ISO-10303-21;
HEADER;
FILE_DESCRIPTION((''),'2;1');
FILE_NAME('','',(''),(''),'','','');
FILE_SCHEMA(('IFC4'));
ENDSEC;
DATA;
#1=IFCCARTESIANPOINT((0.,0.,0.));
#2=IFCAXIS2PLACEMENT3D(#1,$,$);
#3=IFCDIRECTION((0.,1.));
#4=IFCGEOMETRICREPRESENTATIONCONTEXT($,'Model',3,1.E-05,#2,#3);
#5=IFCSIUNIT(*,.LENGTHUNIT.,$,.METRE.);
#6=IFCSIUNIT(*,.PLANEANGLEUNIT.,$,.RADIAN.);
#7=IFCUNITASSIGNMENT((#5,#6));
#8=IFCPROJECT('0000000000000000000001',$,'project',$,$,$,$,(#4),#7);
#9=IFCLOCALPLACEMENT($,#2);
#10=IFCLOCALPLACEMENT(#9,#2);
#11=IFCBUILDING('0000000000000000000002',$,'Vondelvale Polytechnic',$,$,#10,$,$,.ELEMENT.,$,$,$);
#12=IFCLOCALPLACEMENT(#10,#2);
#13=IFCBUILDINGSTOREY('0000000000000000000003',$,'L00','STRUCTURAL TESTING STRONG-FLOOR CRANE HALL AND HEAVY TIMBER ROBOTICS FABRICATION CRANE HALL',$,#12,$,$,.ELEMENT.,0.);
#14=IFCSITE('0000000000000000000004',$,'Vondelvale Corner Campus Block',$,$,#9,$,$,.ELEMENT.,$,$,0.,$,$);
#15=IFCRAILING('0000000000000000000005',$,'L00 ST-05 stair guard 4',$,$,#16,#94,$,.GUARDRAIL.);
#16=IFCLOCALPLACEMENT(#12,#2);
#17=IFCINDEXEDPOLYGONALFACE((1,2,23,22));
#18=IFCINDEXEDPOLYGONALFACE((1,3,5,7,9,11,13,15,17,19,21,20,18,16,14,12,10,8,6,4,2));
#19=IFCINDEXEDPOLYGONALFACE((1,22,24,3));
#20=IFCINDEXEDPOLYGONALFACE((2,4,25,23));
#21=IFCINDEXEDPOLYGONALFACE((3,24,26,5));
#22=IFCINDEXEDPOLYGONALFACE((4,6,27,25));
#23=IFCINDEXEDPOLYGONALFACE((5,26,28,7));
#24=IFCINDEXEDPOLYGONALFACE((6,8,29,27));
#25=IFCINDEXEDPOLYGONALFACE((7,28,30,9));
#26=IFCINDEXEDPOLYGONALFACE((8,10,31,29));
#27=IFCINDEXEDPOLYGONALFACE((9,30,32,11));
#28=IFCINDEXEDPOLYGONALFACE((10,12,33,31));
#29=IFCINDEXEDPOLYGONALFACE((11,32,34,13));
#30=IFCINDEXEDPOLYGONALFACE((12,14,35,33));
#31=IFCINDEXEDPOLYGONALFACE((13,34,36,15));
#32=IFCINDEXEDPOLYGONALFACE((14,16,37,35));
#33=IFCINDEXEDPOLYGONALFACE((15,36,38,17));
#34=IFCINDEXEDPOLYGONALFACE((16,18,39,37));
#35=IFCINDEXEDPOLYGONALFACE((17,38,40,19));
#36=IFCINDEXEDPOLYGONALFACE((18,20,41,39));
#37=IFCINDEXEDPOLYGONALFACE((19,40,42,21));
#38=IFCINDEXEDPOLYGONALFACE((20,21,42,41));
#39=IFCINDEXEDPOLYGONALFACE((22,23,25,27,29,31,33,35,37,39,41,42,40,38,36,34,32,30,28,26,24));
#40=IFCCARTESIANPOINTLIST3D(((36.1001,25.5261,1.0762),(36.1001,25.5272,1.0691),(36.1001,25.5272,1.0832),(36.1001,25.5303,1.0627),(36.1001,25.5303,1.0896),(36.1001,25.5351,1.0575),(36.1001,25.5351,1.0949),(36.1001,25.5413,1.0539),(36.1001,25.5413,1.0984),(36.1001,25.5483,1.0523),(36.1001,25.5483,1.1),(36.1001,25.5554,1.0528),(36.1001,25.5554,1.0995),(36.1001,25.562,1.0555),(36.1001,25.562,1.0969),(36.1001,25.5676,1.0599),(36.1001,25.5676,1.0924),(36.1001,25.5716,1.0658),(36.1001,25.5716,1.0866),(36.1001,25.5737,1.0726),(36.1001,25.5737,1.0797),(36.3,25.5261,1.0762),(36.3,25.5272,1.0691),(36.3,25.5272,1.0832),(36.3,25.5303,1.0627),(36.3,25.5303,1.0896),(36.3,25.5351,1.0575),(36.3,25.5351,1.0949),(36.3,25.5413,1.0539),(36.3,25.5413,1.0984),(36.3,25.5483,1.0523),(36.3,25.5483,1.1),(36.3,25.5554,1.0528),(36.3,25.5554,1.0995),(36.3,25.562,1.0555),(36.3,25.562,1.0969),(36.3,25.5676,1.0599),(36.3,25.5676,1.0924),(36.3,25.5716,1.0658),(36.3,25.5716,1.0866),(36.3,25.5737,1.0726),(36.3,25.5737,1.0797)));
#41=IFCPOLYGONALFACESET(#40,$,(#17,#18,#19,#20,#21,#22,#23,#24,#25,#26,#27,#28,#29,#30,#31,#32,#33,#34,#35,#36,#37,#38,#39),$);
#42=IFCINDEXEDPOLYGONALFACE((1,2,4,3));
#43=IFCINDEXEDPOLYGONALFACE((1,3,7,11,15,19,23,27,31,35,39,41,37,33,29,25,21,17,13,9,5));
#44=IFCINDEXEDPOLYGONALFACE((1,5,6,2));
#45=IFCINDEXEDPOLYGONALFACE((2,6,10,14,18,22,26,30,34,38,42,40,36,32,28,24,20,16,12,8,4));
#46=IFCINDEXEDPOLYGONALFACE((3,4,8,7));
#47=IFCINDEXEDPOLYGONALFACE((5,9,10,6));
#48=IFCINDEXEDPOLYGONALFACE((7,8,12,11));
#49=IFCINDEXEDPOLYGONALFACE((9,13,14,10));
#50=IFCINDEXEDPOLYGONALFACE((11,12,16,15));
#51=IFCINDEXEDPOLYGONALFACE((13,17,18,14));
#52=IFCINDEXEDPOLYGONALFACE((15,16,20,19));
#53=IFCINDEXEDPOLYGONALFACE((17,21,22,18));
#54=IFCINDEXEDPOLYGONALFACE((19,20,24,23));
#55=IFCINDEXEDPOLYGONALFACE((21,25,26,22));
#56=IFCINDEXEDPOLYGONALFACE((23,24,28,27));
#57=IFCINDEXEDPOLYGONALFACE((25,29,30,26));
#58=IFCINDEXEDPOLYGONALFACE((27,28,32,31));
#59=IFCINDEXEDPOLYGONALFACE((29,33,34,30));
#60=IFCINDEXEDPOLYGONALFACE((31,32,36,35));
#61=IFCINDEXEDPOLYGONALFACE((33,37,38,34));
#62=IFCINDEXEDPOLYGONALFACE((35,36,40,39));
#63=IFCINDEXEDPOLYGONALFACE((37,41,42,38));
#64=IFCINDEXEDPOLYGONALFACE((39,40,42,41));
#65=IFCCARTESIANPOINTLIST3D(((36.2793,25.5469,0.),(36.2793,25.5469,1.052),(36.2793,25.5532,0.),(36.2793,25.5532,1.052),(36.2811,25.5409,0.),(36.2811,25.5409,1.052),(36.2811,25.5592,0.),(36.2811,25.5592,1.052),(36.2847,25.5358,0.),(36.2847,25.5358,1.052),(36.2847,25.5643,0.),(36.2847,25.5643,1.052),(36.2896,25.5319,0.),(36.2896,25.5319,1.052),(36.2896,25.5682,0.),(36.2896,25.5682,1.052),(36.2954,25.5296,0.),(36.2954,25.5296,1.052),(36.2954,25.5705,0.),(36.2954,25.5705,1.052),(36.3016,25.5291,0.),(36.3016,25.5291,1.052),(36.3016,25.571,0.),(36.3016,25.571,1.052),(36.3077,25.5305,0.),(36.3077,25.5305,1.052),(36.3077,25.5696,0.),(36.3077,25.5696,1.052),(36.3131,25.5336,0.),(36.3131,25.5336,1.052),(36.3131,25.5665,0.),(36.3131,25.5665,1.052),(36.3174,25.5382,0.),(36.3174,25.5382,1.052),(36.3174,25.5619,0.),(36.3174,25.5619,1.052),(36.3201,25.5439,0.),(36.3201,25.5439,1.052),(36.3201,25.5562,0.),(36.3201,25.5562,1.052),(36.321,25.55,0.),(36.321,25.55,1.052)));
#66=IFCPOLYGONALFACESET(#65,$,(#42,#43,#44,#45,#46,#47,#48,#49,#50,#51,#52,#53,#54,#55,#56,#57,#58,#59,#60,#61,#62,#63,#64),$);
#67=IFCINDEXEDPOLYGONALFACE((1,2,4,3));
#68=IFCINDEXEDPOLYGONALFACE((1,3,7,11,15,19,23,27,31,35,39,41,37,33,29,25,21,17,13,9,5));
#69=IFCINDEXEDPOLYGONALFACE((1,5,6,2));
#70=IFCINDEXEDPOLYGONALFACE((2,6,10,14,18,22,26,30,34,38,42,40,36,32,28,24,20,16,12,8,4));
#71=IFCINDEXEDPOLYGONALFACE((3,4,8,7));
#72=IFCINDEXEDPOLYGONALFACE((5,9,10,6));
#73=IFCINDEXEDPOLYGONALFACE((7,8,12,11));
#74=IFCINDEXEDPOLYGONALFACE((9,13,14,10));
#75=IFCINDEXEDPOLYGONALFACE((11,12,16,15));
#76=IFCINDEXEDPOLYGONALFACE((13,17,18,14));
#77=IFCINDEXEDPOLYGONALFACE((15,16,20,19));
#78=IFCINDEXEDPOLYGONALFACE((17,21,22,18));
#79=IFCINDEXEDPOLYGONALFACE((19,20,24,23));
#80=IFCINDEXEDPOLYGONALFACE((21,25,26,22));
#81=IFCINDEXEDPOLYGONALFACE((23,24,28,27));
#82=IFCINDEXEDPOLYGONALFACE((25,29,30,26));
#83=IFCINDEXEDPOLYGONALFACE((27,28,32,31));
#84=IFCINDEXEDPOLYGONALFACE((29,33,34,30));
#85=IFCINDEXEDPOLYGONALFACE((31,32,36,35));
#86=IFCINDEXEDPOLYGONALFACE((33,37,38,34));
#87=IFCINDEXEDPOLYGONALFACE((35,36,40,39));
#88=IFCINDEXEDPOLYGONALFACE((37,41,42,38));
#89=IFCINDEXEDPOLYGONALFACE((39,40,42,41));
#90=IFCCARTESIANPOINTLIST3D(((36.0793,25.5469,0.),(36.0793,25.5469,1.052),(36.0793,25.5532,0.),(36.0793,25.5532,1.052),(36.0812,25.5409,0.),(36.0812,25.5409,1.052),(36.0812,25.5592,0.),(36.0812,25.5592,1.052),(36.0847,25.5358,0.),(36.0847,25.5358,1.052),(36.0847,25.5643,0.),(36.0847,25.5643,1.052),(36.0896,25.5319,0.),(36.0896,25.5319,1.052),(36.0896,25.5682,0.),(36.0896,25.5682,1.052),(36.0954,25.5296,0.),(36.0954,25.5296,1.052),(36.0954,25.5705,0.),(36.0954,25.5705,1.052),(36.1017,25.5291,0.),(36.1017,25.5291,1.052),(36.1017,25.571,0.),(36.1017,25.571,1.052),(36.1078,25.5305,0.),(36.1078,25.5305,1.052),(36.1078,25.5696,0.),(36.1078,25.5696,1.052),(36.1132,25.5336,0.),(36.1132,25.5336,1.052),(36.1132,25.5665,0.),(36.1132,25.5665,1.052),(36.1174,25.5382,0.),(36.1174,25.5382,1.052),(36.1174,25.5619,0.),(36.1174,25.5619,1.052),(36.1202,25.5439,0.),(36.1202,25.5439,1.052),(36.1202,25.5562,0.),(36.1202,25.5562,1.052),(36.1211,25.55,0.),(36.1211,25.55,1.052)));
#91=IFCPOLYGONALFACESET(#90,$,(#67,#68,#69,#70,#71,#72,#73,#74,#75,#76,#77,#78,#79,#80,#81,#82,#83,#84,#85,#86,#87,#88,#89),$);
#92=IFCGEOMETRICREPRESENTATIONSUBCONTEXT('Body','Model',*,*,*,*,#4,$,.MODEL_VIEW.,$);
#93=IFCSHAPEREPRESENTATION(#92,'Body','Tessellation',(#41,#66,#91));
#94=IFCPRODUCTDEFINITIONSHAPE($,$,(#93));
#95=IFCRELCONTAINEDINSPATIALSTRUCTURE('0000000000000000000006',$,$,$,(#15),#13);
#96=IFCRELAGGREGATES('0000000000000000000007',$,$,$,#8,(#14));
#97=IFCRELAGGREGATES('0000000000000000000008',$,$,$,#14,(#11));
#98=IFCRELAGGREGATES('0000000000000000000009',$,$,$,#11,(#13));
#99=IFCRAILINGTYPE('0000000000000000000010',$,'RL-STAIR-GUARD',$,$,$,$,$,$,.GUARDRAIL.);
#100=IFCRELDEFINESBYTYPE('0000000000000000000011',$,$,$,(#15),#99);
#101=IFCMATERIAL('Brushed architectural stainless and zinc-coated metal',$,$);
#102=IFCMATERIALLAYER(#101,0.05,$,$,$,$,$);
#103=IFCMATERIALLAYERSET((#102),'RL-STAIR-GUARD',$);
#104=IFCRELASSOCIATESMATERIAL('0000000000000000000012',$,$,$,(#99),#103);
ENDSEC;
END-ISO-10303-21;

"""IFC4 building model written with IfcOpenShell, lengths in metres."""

from ifc_helpers import new_model, si_unit, direction, frame, origin, origin_2d, place, context, subcontext, project, spatial, circle, extrude, material, layer, layer_set, type_object, element, save


model = new_model("IFC4")

# Units and contexts
model_context = context("Model", 3, precision=1e-05, world=origin(), true_north=direction((0.0, 1.0)))
body_context = subcontext(model_context, "Body", "Model", "MODEL_VIEW")
ifc_project = project(units=[si_unit("LENGTHUNIT", "METRE"), si_unit("PLANEANGLEUNIT", "RADIAN")], contexts=[model_context])

# Site, building, storey
site_placement = place(None, origin())
site = spatial("IfcSite", under=ifc_project, at=site_placement, Name="Vondelvale Corner Campus Block", CompositionType="ELEMENT", RefElevation=0.0)
building_placement = place(site_placement, origin())
building = spatial("IfcBuilding", under=site, at=building_placement, Name="Vondelvale Polytechnic", CompositionType="ELEMENT")
storey_placement = place(building_placement, origin())
storey = spatial("IfcBuildingStorey", under=building, at=storey_placement, Name="L00", Description="STRUCTURAL TESTING STRONG-FLOOR CRANE HALL AND HEAVY TIMBER ROBOTICS FABRICATION CRANE HALL", CompositionType="ELEMENT", Elevation=0.0)

# Shared definitions
ifc_material_1 = material(Name="Brushed architectural stainless and zinc-coated metal")

# Railing
ifc_layer_1 = layer(ifc_material_1, 0.05)
ifc_layer_set_1 = layer_set([ifc_layer_1], Name="RL-STAIR-GUARD")
railing_type_1 = type_object("IfcRailingType", Name="RL-STAIR-GUARD", PredefinedType="GUARDRAIL", material=ifc_layer_set_1)
railing_1_placement = place(storey_placement, frame((36.3, 25.55, 0.0)))
element("IfcRailing", 1, at=railing_1_placement, inside=storey, type_object=railing_type_1, Name="L00 ST-05 stair guard 4", PredefinedType="GUARDRAIL", context=body_context, shape_type="SweptSolid", body=[
    extrude(circle(Radius=0.0239, at=origin_2d()), frame((0.0, 0.0, 1.0762), z_axis=(-1.0, 0.0, 0.0), x_axis=(0.0, -1.0, 0.0)), (0.0, 0.0, 1.0), 0.2),
    extrude(circle(Radius=0.021, at=origin_2d()), origin(), (0.0, 0.0, 1.0), 1.052),
    extrude(circle(Radius=0.021, at=origin_2d()), frame((-0.2, 0.0, 0.0)), (0.0, 0.0, 1.0), 1.052),
])

save(model, "model.ifc")
